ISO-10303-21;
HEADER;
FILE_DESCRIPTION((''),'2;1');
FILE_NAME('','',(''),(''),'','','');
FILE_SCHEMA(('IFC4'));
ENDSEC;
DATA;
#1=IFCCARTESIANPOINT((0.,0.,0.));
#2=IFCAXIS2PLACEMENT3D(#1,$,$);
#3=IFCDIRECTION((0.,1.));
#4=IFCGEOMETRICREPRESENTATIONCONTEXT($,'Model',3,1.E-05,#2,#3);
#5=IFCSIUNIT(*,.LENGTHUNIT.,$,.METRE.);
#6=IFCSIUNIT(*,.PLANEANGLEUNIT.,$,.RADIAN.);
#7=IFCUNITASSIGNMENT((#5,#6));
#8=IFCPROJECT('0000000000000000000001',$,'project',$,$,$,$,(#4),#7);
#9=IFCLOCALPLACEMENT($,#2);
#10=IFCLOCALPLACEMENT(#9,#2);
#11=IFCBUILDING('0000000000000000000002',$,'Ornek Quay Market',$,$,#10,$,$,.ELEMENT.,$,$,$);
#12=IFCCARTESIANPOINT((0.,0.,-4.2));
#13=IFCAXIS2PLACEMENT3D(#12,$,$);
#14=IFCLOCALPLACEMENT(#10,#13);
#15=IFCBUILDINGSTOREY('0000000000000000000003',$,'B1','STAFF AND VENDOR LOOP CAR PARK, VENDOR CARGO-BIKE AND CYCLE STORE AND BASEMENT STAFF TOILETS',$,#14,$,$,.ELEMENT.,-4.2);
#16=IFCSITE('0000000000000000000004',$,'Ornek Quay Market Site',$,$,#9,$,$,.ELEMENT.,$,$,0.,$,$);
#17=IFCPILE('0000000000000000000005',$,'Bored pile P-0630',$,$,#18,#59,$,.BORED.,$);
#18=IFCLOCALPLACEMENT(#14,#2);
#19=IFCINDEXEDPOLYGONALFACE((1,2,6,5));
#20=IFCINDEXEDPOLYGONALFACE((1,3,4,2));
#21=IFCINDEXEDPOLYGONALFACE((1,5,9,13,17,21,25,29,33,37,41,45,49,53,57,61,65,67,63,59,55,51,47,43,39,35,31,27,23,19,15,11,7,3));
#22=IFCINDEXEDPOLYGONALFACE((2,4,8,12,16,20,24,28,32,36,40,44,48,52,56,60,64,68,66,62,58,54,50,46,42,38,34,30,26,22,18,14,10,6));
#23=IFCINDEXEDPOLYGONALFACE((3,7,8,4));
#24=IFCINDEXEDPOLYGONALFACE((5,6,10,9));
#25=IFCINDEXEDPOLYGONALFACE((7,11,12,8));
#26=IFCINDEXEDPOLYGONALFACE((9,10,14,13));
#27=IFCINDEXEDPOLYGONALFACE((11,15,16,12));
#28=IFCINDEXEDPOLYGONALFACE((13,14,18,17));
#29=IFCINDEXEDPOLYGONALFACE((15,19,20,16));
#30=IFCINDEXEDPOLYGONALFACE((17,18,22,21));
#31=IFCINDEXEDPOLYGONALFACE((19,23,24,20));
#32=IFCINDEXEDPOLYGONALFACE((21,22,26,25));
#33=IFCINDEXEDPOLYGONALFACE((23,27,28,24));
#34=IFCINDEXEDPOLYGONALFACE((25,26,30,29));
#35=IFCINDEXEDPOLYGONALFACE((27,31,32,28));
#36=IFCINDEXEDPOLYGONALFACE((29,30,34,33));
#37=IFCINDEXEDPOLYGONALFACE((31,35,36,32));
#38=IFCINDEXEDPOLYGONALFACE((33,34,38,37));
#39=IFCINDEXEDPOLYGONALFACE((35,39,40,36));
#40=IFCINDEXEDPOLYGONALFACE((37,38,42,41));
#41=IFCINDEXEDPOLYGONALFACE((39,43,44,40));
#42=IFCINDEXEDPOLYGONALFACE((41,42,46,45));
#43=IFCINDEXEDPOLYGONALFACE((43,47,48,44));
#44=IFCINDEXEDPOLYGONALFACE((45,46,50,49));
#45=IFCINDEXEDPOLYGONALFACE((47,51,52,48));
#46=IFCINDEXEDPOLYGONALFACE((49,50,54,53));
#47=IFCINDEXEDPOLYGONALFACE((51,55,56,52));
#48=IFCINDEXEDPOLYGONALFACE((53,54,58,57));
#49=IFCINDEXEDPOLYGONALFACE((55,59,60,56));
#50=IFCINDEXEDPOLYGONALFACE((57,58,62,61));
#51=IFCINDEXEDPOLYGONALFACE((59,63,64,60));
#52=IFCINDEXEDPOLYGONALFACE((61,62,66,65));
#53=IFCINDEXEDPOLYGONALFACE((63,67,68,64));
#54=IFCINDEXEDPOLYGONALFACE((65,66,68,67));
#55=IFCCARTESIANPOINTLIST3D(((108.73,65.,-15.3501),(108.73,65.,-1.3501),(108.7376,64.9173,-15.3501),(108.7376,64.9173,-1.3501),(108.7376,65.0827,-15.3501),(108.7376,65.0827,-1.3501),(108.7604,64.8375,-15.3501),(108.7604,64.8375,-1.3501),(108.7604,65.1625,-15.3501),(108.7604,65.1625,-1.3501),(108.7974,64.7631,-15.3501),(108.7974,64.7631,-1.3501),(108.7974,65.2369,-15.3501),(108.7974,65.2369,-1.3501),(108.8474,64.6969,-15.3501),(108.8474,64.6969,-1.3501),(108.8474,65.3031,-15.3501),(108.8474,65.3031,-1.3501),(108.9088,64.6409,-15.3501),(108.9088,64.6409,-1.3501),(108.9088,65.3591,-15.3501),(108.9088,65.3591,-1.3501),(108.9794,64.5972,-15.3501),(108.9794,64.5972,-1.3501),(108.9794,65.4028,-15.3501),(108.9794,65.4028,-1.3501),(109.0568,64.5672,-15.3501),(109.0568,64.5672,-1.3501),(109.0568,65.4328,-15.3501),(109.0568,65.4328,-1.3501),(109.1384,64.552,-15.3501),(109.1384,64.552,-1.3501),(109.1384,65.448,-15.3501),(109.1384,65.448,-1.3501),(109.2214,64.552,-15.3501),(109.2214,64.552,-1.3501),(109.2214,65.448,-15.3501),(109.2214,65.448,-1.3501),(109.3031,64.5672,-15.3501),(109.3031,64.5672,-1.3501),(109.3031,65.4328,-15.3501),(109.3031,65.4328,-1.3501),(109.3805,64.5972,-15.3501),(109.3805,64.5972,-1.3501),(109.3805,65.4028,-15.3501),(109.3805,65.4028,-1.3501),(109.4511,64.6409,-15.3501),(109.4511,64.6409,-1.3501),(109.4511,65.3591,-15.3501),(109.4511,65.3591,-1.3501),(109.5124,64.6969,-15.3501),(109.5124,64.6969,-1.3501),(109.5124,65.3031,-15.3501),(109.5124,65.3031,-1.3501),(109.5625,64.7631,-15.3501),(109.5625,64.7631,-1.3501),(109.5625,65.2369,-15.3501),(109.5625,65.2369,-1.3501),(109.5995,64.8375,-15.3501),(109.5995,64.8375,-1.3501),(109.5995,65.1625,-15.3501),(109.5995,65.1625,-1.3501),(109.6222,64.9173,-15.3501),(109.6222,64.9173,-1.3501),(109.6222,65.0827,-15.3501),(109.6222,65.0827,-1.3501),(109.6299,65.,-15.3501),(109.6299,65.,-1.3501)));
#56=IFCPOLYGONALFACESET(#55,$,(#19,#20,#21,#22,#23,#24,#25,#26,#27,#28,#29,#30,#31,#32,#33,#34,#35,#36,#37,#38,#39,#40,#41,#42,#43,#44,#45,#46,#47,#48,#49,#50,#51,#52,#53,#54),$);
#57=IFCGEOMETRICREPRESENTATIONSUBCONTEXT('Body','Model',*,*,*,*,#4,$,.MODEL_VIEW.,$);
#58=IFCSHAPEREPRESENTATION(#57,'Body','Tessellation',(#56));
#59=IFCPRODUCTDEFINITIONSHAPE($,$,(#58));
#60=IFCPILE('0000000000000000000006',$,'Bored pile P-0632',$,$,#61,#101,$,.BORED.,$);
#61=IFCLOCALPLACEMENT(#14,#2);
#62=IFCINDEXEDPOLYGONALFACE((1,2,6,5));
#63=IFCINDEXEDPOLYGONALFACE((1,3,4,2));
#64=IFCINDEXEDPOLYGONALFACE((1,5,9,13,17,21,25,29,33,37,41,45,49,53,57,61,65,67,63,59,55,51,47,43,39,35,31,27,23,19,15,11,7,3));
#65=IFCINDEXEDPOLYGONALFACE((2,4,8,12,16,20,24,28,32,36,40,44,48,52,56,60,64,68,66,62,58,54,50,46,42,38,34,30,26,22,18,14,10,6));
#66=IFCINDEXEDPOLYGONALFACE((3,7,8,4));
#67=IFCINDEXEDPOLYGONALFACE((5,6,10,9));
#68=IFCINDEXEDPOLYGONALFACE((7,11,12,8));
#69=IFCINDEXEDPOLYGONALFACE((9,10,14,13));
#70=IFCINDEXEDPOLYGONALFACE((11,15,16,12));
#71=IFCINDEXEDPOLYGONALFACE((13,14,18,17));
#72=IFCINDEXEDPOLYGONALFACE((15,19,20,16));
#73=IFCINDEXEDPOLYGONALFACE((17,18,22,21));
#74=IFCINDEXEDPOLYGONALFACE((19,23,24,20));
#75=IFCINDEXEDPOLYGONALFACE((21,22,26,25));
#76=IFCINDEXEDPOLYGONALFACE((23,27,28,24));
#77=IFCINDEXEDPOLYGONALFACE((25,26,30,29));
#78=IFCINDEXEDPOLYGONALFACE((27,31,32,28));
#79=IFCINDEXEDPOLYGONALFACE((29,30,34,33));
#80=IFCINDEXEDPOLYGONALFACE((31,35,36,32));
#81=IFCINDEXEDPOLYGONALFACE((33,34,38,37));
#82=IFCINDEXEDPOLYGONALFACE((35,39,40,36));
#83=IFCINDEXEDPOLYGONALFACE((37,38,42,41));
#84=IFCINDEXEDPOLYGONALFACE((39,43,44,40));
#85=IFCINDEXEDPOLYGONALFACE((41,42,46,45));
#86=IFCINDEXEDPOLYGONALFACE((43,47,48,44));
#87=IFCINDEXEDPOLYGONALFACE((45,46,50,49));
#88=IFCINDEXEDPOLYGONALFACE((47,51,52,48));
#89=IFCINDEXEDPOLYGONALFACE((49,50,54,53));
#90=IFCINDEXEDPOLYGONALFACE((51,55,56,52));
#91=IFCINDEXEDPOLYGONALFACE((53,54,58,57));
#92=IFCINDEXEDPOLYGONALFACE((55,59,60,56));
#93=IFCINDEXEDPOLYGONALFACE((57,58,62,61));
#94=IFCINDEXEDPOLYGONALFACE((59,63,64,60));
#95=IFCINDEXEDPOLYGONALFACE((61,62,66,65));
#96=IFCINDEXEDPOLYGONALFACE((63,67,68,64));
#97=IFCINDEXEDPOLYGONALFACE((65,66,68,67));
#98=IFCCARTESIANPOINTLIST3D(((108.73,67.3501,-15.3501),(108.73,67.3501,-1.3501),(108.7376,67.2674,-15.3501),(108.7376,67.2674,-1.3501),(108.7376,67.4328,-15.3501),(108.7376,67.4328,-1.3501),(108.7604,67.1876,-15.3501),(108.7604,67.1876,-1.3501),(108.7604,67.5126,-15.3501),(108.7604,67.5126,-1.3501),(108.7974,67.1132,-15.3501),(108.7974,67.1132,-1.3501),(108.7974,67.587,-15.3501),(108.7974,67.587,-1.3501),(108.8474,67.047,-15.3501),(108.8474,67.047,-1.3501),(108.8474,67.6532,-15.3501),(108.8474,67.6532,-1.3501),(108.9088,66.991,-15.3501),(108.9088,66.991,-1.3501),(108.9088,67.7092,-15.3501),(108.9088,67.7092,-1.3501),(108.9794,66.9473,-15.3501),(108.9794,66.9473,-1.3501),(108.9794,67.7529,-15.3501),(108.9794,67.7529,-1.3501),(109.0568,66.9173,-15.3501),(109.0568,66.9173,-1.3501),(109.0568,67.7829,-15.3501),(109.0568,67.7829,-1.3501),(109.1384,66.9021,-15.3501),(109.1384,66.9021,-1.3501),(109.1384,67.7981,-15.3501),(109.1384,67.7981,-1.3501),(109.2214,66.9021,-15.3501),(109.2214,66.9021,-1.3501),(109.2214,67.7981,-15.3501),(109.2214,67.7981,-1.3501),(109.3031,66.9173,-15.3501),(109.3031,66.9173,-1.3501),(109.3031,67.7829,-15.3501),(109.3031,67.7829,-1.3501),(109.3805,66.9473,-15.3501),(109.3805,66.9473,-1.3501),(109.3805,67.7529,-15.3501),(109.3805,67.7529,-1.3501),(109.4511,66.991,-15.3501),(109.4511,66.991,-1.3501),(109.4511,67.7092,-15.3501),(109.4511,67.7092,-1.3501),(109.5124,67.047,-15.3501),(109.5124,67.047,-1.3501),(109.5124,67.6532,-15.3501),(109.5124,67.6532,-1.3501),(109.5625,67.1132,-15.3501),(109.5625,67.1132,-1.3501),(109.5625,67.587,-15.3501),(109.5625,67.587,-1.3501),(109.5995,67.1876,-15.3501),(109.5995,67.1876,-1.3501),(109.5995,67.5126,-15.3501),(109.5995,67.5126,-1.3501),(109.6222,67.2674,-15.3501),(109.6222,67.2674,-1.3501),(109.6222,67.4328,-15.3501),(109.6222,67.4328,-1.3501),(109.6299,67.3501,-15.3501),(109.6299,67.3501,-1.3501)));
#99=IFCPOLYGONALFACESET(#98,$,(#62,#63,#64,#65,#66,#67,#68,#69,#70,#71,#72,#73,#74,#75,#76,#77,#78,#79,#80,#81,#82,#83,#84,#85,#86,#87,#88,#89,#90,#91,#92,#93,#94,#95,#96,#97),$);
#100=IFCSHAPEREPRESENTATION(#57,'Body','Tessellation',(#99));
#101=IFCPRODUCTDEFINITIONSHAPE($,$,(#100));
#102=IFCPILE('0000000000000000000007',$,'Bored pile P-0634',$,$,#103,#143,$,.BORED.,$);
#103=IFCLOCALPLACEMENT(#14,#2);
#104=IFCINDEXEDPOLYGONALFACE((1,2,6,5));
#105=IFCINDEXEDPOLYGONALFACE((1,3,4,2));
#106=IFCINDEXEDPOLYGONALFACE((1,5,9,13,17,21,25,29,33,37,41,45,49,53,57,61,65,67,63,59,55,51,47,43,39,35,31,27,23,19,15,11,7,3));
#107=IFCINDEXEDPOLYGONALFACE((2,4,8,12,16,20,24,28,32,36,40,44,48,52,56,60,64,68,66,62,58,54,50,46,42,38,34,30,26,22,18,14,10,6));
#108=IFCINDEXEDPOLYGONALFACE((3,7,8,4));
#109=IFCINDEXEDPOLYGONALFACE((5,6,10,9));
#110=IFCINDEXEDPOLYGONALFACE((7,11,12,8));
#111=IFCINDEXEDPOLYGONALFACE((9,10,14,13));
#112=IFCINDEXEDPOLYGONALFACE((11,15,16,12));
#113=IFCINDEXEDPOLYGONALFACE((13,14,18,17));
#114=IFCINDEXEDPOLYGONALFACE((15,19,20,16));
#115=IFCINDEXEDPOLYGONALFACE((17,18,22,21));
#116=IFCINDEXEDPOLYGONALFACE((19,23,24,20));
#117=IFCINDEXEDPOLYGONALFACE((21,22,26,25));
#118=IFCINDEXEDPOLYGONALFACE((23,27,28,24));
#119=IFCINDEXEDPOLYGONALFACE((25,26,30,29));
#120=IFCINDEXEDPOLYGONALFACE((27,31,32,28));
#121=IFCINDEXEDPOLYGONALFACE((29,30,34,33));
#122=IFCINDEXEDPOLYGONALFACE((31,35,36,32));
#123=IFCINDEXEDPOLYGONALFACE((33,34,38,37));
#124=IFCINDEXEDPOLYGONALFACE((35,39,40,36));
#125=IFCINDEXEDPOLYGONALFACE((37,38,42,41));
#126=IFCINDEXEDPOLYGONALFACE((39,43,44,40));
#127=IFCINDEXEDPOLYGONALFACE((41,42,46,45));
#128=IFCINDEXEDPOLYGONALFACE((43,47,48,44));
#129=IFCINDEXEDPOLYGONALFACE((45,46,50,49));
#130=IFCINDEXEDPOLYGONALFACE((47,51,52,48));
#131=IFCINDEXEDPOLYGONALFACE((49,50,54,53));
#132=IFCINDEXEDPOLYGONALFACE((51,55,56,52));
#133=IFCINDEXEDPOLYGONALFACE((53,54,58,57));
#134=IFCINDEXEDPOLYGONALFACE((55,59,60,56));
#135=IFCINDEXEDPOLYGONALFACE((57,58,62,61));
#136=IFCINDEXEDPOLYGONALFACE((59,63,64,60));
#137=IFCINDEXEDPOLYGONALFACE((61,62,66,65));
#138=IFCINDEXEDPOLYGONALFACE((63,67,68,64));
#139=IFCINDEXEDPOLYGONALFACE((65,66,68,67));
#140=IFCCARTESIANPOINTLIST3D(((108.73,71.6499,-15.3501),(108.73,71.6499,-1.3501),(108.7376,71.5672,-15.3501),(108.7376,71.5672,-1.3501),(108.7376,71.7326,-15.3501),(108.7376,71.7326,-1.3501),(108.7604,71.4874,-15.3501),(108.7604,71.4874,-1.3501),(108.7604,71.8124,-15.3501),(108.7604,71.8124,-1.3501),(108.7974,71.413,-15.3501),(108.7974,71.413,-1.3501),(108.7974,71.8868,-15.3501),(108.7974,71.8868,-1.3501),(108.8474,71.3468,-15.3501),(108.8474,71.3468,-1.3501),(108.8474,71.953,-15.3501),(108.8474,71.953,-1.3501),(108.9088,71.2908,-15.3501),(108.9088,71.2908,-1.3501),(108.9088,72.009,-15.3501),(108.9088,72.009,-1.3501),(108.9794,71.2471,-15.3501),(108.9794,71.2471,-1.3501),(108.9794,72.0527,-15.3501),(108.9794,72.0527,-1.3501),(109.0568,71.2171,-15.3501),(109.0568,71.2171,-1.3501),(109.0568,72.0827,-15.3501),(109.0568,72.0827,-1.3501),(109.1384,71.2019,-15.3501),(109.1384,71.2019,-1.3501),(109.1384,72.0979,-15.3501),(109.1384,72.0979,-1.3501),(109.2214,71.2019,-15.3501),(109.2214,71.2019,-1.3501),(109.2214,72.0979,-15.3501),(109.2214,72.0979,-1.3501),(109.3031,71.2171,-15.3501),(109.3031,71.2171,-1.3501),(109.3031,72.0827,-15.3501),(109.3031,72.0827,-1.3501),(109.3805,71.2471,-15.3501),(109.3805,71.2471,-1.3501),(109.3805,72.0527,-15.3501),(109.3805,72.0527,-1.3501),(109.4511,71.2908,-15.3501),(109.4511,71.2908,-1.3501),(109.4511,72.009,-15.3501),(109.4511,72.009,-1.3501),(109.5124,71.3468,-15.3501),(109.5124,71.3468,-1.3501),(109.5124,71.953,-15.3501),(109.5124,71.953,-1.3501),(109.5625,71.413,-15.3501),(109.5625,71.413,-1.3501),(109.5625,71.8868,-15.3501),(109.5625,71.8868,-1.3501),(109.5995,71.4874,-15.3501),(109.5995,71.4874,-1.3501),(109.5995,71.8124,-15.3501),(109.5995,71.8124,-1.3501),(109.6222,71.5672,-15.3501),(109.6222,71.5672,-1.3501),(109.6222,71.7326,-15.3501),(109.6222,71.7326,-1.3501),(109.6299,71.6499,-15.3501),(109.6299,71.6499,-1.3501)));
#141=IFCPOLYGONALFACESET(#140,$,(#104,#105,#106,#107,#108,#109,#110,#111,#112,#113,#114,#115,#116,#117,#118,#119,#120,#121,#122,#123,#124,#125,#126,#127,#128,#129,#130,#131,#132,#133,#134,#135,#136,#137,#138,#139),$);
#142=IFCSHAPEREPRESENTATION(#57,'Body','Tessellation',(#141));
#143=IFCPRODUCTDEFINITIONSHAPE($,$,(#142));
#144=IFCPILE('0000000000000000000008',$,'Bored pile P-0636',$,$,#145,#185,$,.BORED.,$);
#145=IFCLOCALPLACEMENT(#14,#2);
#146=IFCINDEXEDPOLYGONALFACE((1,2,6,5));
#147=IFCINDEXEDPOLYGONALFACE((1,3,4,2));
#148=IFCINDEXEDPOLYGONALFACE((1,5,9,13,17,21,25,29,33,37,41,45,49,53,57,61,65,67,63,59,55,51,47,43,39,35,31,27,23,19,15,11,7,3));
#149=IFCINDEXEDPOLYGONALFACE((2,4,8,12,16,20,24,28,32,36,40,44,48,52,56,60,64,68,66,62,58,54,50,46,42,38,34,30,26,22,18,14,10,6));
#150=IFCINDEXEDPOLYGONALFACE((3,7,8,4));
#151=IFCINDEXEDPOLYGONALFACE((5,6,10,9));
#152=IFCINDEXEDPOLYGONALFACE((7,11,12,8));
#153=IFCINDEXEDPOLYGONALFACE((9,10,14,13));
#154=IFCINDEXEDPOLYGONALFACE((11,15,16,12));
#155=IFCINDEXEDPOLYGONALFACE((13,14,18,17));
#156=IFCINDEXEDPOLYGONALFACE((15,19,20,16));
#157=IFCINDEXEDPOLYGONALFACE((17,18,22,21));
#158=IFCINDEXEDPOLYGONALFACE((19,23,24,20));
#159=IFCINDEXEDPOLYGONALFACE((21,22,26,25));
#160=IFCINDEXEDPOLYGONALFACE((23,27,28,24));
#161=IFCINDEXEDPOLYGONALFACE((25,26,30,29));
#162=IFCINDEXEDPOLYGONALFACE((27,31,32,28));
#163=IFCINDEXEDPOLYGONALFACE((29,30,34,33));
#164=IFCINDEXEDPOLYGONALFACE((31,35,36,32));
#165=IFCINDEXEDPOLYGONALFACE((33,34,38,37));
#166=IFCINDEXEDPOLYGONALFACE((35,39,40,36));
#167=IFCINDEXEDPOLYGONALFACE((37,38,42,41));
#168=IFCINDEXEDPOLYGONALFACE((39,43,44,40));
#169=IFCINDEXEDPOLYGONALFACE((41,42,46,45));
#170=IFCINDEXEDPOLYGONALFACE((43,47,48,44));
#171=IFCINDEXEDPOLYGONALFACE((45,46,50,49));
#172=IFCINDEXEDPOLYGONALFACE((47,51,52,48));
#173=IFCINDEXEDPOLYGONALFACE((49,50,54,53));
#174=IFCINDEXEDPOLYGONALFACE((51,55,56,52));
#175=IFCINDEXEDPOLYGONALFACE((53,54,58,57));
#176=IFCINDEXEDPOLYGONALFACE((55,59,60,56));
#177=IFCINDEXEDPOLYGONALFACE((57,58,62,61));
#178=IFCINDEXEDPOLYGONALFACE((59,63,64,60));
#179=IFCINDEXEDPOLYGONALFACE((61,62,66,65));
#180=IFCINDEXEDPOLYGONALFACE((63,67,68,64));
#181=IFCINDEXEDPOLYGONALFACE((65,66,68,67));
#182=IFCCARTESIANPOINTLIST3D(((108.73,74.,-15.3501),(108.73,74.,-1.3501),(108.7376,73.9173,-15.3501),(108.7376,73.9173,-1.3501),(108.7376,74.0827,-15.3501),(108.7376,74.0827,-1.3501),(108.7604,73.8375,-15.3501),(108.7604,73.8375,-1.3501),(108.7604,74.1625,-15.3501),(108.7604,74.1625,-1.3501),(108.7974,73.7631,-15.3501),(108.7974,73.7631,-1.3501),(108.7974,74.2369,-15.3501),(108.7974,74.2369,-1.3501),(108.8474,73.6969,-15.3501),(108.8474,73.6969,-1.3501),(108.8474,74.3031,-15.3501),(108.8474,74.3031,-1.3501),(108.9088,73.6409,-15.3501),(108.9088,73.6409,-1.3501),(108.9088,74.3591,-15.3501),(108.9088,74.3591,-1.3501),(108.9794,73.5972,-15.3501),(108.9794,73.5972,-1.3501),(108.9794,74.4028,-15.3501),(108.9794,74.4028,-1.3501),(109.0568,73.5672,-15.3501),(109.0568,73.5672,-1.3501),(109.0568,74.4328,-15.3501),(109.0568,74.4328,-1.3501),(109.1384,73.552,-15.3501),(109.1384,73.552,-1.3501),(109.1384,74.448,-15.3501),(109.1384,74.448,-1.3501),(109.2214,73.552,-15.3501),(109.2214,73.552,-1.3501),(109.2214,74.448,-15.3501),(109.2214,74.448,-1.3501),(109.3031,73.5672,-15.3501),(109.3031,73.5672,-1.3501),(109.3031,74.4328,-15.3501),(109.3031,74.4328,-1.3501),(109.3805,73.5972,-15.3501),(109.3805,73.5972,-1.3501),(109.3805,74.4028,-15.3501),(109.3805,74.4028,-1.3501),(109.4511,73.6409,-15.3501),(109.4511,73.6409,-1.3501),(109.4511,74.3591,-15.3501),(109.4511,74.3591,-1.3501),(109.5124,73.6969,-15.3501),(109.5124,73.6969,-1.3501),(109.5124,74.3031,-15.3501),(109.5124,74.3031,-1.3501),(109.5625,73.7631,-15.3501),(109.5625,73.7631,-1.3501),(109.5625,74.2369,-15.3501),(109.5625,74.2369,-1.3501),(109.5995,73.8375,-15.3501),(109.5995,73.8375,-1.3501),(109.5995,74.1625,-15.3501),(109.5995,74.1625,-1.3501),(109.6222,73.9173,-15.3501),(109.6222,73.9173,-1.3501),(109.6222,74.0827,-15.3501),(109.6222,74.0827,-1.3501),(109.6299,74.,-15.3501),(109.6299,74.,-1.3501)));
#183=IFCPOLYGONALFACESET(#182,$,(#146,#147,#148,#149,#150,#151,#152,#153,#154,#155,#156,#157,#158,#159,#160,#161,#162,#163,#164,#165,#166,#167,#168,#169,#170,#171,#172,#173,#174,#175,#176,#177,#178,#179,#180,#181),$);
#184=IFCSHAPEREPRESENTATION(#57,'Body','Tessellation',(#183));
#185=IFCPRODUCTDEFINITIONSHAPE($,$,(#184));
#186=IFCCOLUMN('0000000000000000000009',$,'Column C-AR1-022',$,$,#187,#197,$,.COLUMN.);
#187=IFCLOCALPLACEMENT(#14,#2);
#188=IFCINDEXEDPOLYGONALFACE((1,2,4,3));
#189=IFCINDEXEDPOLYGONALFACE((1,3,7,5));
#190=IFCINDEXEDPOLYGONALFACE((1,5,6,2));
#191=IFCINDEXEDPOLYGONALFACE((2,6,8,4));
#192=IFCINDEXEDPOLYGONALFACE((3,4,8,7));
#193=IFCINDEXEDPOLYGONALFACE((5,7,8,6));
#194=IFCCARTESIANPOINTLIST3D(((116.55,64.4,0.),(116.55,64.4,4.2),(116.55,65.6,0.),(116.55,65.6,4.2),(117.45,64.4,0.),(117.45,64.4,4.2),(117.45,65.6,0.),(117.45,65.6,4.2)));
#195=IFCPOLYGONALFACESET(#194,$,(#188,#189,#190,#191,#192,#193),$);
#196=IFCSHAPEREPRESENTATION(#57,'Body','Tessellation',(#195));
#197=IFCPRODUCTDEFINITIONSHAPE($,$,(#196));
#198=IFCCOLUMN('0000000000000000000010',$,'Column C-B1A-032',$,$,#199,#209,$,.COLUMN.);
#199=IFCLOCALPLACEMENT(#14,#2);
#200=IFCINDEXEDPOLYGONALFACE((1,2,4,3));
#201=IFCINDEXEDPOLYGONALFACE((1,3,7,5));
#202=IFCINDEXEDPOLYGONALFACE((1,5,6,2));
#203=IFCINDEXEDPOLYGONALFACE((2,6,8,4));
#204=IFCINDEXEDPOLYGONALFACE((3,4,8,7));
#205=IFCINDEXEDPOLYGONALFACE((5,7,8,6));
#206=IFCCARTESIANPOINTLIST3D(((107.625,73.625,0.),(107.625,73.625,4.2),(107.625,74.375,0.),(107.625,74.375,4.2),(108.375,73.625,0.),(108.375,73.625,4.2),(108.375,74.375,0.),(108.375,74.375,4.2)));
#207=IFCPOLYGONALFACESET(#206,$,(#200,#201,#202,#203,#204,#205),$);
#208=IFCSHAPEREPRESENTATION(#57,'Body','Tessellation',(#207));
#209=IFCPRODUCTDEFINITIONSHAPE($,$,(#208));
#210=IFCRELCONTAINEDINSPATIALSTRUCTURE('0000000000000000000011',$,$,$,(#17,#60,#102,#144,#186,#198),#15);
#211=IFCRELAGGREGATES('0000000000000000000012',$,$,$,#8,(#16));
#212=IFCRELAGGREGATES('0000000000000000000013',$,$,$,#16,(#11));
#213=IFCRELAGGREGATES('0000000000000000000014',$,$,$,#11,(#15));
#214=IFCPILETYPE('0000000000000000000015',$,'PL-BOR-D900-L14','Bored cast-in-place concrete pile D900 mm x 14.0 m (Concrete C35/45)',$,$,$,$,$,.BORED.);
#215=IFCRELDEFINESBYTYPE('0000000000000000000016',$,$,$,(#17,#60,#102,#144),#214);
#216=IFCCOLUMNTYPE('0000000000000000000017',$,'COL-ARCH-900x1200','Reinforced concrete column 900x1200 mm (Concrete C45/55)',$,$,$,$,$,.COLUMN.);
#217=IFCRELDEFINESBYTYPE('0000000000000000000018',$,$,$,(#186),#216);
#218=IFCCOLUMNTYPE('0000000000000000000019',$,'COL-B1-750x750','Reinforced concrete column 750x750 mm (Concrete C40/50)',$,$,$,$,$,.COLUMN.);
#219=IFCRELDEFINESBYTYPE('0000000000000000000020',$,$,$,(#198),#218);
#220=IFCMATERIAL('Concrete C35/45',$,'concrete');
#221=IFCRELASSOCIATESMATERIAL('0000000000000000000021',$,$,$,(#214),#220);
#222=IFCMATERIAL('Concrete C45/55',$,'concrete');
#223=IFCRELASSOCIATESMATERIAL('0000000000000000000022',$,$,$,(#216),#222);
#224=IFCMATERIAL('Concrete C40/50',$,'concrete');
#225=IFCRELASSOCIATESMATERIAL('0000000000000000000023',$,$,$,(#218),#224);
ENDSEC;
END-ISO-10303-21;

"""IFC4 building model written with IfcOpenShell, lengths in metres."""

from ifc_helpers import new_model, si_unit, direction, frame, origin, origin_2d, place, context, subcontext, project, spatial, rectangle, circle, extrude, material, material_profile, profile_set, type_object, element, save


model = new_model("IFC4")

# Units and contexts
model_context = context("Model", 3, precision=1e-05, world=origin(), true_north=direction((0.0, 1.0)))
body_context = subcontext(model_context, "Body", "Model", "MODEL_VIEW")
ifc_project = project(units=[si_unit("LENGTHUNIT", "METRE"), si_unit("PLANEANGLEUNIT", "RADIAN")], contexts=[model_context])

# Site, building, storey
site_placement = place(None, origin())
site = spatial("IfcSite", under=ifc_project, at=site_placement, Name="Ornek Quay Market Site", CompositionType="ELEMENT", RefElevation=0.0)
building_placement = place(site_placement, origin())
building = spatial("IfcBuilding", under=site, at=building_placement, Name="Ornek Quay Market", CompositionType="ELEMENT")
storey_placement = place(building_placement, frame((0.0, 0.0, -4.2)))
storey = spatial("IfcBuildingStorey", under=building, at=storey_placement, Name="B1", Description="STAFF AND VENDOR LOOP CAR PARK, VENDOR CARGO-BIKE AND CYCLE STORE AND BASEMENT STAFF TOILETS", CompositionType="ELEMENT", Elevation=-4.2)

# Piles
ifc_material_1 = material(Name="Concrete C35/45", Category="concrete")
ifc_material_profile_1 = material_profile(ifc_material_1, circle(Radius=0.45, at=origin_2d()), Name="PILE D900", Category="concrete")
ifc_profile_set_1 = profile_set([ifc_material_profile_1], Name="Concrete C35/45")
pile_type_1 = type_object("IfcPileType", Name="PL-BOR-D900-L14", Description="Bored cast-in-place concrete pile D900 mm x 14.0 m (Concrete C35/45)", PredefinedType="BORED", material=ifc_profile_set_1)
for number, where, z_axis, x_axis, name in (
    (1, (109.1799, 65.0, -1.3501), (0.0, 0.0, -1.0), (1.0, 0.0, 0.0), "Bored pile P-0630"),
    (2, (109.1799, 67.3501, -1.3501), (0.0, 0.0, -1.0), (1.0, 0.0, 0.0), "Bored pile P-0632"),
    (3, (109.1799, 71.6499, -1.3501), (0.0, 0.0, -1.0), (1.0, 0.0, 0.0), "Bored pile P-0634"),
    (4, (109.1799, 74.0, -1.3501), (0.0, 0.0, -1.0), (1.0, 0.0, 0.0), "Bored pile P-0636"),
):
    element("IfcPile", number, at=place(storey_placement, frame(where, z_axis=z_axis, x_axis=x_axis)), inside=storey, type_object=pile_type_1, Name=name, PredefinedType="BORED", context=body_context, shape_type="SweptSolid", body=[
        extrude(circle(Radius=0.45, at=origin_2d()), origin(), (0.0, 0.0, 1.0), 14.0),
    ])

# Columns
ifc_material_2 = material(Name="Concrete C45/55", Category="concrete")
ifc_material_profile_2 = material_profile(ifc_material_2, rectangle(XDim=0.8999, YDim=1.2, at=origin_2d()), Name="RC 900x1200", Category="concrete")
ifc_profile_set_2 = profile_set([ifc_material_profile_2], Name="Concrete C45/55")
column_type_1 = type_object("IfcColumnType", Name="COL-ARCH-900x1200", Description="Reinforced concrete column 900x1200 mm (Concrete C45/55)", PredefinedType="COLUMN", material=ifc_profile_set_2)
column_1_placement = place(storey_placement, frame((117.0, 65.0, 0.0), z_axis=(0.0, 0.0, 1.0), x_axis=(1.0, 0.0, 0.0)))
element("IfcColumn", 5, at=column_1_placement, inside=storey, type_object=column_type_1, Name="Column C-AR1-022", PredefinedType="COLUMN", context=body_context, shape_type="SweptSolid", body=[
    extrude(rectangle(XDim=0.8999, YDim=1.2, at=origin_2d()), origin(), (0.0, 0.0, 1.0), 4.2),
])
ifc_material_3 = material(Name="Concrete C40/50", Category="concrete")
ifc_material_profile_3 = material_profile(ifc_material_3, rectangle(XDim=0.75, YDim=0.75, at=origin_2d()), Name="RC 750x750", Category="concrete")
ifc_profile_set_3 = profile_set([ifc_material_profile_3], Name="Concrete C40/50")
column_type_2 = type_object("IfcColumnType", Name="COL-B1-750x750", Description="Reinforced concrete column 750x750 mm (Concrete C40/50)", PredefinedType="COLUMN", material=ifc_profile_set_3)
column_2_placement = place(storey_placement, frame((108.0, 74.0, 0.0), z_axis=(0.0, 0.0, 1.0), x_axis=(1.0, 0.0, 0.0)))
element("IfcColumn", 6, at=column_2_placement, inside=storey, type_object=column_type_2, Name="Column C-B1A-032", PredefinedType="COLUMN", context=body_context, shape_type="SweptSolid", body=[
    extrude(rectangle(XDim=0.75, YDim=0.75, at=origin_2d()), origin(), (0.0, 0.0, 1.0), 4.2),
])

save(model, "model.ifc")
